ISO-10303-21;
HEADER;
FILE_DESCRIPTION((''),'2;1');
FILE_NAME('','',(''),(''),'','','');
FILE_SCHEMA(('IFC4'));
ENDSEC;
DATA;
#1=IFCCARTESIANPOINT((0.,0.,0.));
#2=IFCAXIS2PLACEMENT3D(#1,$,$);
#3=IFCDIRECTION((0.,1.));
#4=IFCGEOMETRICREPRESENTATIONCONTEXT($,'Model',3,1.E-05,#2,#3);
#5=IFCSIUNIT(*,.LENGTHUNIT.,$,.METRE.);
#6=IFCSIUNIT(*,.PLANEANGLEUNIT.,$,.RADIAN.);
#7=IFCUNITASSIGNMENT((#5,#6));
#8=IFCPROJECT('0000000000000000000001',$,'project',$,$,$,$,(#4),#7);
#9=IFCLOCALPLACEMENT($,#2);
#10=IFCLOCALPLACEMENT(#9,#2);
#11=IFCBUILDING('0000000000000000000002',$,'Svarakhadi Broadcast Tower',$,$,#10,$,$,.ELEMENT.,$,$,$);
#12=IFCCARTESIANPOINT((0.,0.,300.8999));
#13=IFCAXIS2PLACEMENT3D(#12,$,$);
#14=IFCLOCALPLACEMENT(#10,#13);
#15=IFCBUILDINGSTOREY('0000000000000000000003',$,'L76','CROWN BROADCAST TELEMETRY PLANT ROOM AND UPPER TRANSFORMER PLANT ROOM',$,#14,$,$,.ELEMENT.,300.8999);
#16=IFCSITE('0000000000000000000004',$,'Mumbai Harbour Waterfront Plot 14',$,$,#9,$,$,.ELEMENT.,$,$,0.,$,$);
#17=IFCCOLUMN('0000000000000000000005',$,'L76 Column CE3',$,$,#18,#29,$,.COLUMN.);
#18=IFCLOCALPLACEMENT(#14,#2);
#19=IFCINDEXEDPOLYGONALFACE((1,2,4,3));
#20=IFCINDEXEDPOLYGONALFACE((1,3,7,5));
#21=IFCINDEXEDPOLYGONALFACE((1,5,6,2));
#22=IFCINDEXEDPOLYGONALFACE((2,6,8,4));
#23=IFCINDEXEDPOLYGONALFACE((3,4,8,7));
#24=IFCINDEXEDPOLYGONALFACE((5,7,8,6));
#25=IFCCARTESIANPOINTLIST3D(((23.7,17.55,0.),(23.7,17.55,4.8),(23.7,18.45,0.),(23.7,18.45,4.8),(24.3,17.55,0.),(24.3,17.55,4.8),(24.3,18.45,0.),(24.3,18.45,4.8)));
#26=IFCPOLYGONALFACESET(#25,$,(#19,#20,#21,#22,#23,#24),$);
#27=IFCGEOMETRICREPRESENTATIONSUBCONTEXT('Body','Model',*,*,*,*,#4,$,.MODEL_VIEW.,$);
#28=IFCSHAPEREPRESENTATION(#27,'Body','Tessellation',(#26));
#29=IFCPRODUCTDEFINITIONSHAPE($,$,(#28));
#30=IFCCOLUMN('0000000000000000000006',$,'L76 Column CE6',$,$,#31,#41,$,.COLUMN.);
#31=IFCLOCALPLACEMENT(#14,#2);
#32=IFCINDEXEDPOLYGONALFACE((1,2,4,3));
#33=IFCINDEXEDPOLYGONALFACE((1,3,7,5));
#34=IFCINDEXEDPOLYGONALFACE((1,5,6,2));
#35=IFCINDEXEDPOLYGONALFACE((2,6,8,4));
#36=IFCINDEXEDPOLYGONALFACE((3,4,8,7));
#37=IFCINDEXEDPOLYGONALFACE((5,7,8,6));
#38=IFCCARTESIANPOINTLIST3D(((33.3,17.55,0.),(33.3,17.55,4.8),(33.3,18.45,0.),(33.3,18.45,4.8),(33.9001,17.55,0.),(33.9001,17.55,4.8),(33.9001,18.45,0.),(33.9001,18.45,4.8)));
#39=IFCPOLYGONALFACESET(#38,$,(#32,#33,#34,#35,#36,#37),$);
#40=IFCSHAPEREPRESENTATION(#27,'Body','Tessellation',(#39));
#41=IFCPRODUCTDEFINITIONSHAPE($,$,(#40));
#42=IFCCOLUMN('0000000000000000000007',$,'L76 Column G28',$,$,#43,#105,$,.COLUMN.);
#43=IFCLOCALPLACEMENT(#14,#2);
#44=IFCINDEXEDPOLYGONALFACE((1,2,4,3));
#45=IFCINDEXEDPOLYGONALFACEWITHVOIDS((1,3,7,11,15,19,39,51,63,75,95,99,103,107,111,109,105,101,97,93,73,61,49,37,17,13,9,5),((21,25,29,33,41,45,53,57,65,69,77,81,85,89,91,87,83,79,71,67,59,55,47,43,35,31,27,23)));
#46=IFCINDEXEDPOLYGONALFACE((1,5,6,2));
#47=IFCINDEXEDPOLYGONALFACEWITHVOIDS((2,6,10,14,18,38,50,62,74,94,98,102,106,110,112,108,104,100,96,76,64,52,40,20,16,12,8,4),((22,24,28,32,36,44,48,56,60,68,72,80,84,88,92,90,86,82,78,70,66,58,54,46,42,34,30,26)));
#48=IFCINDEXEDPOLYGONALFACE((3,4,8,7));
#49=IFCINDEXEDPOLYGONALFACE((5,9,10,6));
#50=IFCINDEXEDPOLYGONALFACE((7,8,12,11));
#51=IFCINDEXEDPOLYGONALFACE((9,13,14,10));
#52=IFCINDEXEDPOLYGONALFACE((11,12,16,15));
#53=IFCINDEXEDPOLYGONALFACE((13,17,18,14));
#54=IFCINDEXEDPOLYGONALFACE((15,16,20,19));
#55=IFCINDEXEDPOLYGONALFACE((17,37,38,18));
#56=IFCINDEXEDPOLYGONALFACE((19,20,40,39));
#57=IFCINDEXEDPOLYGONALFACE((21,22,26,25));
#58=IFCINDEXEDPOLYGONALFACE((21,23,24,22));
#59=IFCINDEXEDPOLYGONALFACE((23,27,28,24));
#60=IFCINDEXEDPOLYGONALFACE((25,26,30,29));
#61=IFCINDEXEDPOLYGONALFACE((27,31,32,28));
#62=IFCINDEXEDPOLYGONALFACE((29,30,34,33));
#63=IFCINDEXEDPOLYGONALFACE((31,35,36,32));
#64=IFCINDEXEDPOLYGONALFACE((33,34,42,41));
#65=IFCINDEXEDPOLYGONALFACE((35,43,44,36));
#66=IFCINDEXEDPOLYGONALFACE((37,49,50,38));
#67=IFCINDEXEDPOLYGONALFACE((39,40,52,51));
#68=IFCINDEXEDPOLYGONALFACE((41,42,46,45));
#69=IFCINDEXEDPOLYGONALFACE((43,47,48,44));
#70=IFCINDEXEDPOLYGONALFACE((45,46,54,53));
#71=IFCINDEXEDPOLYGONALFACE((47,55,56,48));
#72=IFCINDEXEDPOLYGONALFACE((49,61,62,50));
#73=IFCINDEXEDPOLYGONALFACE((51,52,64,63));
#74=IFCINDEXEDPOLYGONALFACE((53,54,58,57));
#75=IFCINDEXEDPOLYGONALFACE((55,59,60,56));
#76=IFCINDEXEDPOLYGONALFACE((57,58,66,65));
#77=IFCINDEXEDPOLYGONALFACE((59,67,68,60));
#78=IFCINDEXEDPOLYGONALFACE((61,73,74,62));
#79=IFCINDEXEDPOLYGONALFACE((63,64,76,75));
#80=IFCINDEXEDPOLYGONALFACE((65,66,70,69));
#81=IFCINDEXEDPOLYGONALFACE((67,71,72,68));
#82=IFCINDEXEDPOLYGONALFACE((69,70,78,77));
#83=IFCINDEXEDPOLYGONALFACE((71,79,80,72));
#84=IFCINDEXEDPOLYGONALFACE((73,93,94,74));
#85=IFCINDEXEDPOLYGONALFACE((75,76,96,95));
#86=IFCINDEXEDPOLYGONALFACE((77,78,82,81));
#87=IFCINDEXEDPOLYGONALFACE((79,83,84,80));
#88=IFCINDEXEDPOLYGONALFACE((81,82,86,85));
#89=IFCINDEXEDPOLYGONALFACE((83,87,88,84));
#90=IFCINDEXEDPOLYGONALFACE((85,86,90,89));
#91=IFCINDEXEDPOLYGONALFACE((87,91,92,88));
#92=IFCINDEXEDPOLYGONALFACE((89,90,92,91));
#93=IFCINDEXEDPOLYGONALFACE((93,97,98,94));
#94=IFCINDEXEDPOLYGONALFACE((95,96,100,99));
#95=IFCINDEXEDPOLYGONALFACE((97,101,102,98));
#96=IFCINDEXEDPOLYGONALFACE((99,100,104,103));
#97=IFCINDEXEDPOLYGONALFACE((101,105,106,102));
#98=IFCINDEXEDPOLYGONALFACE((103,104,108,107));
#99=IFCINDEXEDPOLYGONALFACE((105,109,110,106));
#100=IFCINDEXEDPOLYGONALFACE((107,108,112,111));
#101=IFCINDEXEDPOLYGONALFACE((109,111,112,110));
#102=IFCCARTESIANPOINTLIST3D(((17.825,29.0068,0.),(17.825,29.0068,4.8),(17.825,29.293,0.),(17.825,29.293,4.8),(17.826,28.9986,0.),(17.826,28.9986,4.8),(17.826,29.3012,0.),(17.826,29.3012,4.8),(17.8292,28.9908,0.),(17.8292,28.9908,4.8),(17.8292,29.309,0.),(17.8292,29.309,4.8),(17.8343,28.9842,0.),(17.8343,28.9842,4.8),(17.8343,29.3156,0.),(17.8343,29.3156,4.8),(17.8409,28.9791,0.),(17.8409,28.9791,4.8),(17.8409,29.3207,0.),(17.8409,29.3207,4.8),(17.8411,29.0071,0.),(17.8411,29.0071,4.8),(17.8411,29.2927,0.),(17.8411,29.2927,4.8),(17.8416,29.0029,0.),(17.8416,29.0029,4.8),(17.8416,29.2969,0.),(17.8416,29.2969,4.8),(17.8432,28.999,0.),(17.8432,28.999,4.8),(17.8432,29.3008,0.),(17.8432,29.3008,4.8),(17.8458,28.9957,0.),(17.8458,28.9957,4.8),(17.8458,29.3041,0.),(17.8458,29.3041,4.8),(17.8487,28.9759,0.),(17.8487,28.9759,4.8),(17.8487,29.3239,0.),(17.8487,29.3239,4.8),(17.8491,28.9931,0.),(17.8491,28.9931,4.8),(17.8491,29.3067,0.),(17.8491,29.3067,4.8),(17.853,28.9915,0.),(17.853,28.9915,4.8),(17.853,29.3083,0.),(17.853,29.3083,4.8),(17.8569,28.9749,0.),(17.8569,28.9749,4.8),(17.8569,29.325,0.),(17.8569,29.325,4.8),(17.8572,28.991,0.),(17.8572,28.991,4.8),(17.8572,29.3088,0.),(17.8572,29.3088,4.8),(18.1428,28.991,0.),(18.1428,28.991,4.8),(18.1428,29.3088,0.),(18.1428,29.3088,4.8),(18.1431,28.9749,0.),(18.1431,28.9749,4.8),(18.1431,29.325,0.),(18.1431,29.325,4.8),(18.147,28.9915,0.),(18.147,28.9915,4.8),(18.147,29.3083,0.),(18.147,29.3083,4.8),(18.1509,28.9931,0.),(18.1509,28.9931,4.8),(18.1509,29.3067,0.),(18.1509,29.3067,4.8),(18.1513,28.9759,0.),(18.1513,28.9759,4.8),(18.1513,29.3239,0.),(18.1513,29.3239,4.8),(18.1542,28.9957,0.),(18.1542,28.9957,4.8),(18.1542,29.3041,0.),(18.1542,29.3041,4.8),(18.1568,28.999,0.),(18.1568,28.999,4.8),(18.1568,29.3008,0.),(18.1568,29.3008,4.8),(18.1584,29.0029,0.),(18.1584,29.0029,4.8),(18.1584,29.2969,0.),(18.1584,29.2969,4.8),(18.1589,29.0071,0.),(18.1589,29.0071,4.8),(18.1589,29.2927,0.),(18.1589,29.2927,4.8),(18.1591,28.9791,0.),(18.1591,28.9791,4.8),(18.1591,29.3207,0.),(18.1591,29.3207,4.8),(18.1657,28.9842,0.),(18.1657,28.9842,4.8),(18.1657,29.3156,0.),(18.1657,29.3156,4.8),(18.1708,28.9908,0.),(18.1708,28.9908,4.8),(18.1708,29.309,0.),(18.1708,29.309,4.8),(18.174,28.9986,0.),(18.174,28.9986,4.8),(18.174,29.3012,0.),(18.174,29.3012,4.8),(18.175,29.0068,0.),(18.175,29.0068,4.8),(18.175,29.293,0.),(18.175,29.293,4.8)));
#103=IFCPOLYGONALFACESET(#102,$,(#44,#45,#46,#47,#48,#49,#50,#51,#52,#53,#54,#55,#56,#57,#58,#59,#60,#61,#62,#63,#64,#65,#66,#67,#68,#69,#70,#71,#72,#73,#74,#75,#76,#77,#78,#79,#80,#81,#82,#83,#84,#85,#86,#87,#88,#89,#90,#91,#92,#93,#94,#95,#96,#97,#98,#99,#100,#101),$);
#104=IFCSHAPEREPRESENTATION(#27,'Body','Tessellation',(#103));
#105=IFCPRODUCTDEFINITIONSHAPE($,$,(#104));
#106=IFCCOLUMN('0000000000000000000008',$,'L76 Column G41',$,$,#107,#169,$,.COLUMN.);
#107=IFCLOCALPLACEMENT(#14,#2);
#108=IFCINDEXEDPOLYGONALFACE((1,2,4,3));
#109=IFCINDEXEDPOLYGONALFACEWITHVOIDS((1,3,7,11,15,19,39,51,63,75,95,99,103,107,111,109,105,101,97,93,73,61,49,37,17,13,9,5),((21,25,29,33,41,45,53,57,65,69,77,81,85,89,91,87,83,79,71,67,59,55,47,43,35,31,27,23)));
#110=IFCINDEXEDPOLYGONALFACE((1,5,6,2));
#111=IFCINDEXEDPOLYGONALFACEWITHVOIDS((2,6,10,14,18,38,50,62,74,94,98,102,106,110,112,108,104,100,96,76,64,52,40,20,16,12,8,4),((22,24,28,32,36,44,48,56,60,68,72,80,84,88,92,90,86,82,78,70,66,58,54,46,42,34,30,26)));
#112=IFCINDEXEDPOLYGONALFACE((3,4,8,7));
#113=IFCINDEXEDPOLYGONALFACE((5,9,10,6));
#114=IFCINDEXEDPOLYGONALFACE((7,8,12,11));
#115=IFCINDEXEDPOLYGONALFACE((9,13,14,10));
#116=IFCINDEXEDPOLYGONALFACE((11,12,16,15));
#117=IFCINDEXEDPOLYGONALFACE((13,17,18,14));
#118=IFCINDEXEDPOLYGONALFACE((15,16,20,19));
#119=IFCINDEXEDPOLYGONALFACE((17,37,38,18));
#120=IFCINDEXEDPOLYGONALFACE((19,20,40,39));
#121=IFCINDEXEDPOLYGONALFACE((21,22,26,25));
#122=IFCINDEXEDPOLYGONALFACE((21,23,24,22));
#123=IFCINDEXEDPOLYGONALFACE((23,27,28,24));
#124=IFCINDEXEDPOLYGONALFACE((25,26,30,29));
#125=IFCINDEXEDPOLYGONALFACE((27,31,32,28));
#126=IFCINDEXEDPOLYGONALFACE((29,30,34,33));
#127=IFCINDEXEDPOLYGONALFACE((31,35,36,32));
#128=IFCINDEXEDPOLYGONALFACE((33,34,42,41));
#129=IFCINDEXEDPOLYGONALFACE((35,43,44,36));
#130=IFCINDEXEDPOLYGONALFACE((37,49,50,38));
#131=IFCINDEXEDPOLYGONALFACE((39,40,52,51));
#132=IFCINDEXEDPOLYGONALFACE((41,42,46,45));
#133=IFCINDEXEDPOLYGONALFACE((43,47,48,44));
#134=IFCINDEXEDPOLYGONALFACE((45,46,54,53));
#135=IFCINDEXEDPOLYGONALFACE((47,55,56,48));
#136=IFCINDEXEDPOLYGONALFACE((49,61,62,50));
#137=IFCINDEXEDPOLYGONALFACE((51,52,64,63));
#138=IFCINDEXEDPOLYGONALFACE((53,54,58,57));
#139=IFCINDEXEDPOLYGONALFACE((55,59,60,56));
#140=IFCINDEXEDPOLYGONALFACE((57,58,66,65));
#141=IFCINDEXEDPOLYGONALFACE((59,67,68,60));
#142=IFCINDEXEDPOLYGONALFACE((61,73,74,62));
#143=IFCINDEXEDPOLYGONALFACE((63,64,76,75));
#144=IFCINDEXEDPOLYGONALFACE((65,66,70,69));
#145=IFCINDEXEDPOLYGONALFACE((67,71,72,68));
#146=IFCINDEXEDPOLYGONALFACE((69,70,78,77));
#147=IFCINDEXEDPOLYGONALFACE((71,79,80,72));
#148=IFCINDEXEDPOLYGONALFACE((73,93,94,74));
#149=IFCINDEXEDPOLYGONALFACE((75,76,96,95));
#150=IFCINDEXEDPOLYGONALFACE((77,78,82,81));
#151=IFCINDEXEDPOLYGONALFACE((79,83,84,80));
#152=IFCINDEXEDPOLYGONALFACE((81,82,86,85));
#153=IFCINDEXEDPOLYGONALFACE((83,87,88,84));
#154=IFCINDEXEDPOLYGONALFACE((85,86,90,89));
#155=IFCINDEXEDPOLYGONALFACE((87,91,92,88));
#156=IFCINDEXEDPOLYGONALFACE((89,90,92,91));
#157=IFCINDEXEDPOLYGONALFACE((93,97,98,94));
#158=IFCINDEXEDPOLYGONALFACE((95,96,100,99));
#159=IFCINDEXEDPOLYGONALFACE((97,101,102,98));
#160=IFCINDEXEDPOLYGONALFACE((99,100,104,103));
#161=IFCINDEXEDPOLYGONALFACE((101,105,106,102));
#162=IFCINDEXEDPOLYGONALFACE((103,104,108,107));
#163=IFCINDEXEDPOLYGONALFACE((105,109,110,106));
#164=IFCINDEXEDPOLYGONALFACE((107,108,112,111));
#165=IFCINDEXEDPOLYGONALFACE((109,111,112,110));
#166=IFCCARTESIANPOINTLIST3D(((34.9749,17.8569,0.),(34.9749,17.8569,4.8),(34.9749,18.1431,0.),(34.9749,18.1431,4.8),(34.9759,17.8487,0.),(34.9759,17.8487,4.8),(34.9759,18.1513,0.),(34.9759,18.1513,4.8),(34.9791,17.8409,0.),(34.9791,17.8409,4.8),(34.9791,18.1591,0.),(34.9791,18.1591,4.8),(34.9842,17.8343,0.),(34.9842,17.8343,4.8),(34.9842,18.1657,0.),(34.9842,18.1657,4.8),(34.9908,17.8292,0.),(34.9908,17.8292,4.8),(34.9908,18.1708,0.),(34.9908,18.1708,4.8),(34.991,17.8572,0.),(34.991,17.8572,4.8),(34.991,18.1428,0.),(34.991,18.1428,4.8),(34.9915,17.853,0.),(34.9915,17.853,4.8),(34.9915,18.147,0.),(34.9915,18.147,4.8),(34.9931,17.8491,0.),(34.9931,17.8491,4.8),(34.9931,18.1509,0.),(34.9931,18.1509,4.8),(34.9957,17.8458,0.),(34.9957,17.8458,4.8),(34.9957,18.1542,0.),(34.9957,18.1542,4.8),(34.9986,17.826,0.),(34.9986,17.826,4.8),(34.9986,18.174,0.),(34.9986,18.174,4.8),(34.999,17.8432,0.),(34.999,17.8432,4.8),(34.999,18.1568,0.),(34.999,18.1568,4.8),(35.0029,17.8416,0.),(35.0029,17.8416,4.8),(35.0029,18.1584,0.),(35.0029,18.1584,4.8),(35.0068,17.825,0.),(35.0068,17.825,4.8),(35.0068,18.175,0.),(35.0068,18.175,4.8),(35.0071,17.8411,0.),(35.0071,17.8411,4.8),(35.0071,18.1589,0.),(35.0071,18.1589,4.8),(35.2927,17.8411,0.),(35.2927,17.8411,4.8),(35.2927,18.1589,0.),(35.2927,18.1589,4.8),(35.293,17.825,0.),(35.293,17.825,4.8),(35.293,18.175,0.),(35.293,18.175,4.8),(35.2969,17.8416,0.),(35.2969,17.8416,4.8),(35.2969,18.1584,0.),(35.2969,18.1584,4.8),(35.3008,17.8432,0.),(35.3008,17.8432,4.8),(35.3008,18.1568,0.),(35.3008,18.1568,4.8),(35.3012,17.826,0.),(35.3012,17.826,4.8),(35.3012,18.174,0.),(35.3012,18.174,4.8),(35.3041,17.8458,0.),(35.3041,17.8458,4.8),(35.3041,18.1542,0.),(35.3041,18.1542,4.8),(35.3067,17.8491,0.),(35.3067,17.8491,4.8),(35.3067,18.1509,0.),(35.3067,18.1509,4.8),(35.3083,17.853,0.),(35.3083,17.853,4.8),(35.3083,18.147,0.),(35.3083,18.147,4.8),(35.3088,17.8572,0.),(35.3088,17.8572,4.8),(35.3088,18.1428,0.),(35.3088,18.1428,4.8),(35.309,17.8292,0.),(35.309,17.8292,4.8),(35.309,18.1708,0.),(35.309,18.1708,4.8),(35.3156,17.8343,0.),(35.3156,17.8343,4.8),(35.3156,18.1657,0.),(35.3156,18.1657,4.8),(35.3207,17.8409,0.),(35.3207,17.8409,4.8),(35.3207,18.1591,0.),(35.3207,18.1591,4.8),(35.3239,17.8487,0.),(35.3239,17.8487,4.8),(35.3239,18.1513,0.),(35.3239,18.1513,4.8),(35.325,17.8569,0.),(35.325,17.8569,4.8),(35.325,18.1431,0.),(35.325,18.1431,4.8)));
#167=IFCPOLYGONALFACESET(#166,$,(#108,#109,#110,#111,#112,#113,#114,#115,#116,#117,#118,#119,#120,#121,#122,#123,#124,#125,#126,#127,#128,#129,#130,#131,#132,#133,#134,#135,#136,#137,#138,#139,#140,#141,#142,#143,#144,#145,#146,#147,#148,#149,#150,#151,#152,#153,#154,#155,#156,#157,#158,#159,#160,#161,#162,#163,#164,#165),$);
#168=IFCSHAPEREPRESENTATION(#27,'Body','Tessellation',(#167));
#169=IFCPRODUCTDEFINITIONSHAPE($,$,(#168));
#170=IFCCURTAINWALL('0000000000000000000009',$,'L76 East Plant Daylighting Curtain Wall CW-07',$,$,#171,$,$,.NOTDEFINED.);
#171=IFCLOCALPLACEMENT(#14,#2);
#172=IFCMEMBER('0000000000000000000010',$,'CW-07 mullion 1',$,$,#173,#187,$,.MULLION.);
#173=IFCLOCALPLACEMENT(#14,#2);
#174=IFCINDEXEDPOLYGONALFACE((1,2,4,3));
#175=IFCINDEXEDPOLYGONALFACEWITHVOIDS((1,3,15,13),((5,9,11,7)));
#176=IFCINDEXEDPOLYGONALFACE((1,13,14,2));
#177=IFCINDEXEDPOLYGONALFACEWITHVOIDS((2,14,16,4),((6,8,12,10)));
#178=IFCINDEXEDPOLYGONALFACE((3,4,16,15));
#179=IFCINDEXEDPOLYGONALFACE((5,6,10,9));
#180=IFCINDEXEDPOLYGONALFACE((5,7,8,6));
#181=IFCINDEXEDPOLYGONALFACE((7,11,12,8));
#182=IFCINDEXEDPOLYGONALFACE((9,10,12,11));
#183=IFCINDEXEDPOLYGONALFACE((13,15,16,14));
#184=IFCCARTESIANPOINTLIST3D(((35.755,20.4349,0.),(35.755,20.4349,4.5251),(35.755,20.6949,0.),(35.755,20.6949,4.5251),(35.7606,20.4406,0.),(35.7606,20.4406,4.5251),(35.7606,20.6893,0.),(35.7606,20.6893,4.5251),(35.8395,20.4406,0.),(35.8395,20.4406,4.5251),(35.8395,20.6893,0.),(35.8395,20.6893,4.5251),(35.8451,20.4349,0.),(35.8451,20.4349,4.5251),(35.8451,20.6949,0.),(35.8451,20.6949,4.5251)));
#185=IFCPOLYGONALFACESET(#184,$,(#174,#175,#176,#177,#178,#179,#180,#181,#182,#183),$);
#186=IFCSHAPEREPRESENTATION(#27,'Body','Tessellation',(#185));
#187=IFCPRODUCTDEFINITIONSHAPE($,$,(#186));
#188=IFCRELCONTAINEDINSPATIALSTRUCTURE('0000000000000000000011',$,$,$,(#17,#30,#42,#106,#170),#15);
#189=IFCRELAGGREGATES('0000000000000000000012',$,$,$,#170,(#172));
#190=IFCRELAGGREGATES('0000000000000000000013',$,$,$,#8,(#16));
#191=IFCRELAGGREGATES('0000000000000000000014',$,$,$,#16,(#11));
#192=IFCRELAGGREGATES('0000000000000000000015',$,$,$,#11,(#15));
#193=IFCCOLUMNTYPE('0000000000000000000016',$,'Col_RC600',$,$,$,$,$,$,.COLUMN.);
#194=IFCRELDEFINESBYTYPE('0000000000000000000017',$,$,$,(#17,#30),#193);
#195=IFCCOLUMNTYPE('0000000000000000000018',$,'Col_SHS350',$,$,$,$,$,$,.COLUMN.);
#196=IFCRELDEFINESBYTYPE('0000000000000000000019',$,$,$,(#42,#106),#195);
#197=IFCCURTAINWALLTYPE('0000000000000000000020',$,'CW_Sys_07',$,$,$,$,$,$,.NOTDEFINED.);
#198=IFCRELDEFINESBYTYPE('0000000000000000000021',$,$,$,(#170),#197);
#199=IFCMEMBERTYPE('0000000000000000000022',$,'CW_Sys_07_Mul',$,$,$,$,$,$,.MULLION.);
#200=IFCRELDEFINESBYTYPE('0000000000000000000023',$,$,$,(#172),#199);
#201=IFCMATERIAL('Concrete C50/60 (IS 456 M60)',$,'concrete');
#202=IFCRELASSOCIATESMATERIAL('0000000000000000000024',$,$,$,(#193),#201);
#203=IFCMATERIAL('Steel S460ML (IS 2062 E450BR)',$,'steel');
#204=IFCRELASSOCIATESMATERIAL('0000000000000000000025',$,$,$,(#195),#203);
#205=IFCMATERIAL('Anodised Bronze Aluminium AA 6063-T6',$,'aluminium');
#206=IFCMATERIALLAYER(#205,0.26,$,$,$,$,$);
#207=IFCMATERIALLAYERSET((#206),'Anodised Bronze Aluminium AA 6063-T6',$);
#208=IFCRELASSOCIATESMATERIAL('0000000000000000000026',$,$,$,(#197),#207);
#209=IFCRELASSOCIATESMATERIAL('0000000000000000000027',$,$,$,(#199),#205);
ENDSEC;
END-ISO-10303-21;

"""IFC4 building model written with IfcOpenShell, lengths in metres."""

from ifc_helpers import new_model, si_unit, direction, frame, origin, origin_2d, place, context, subcontext, project, spatial, rectangle, hollow_rectangle, extrude, material, layer, layer_set, material_profile, profile_set, type_object, element, aggregate, save


model = new_model("IFC4")

# Units and contexts
model_context = context("Model", 3, precision=1e-05, world=origin(), true_north=direction((0.0, 1.0)))
body_context = subcontext(model_context, "Body", "Model", "MODEL_VIEW")
ifc_project = project(units=[si_unit("LENGTHUNIT", "METRE"), si_unit("PLANEANGLEUNIT", "RADIAN")], contexts=[model_context])

# Site, building, storey
site_placement = place(None, origin())
site = spatial("IfcSite", under=ifc_project, at=site_placement, Name="Mumbai Harbour Waterfront Plot 14", CompositionType="ELEMENT", RefElevation=0.0)
building_placement = place(site_placement, origin())
building = spatial("IfcBuilding", under=site, at=building_placement, Name="Svarakhadi Broadcast Tower", CompositionType="ELEMENT")
storey_placement = place(building_placement, frame((0.0, 0.0, 300.8999)))
storey = spatial("IfcBuildingStorey", under=building, at=storey_placement, Name="L76", Description="CROWN BROADCAST TELEMETRY PLANT ROOM AND UPPER TRANSFORMER PLANT ROOM", CompositionType="ELEMENT", Elevation=300.8999)

# Columns
ifc_material_1 = material(Name="Concrete C50/60 (IS 456 M60)", Category="concrete")
ifc_material_profile_1 = material_profile(ifc_material_1, rectangle(XDim=0.6001, YDim=0.8999, at=origin_2d()), Name="RC 600x900")
ifc_profile_set_1 = profile_set([ifc_material_profile_1], Name="Concrete C50/60 (IS 456 M60)")
column_type_1 = type_object("IfcColumnType", Name="Col_RC600", PredefinedType="COLUMN", material=ifc_profile_set_1)
for number, where, z_axis, x_axis, name in (
    (1, (24.0, 18.0, 0.0), (0.0, 0.0, 1.0), (1.0, 0.0, 0.0), "L76 Column CE3"),
    (2, (33.6001, 18.0, 0.0), (0.0, 0.0, 1.0), (1.0, 0.0, 0.0), "L76 Column CE6"),
):
    element("IfcColumn", number, at=place(storey_placement, frame(where, z_axis=z_axis, x_axis=x_axis)), inside=storey, type_object=column_type_1, Name=name, PredefinedType="COLUMN", context=body_context, shape_type="SweptSolid", body=[
        extrude(rectangle(XDim=0.6001, YDim=0.8999, at=origin_2d()), origin(), (0.0, 0.0, 1.0), 4.8),
    ])
ifc_material_2 = material(Name="Steel S460ML (IS 2062 E450BR)", Category="steel")
ifc_material_profile_2 = material_profile(ifc_material_2, hollow_rectangle(XDim=0.3501, YDim=0.3501, WallThickness=0.0161, InnerFilletRadius=0.0161, OuterFilletRadius=0.032, at=origin_2d()), Name="SHS 350x350x16")
ifc_profile_set_2 = profile_set([ifc_material_profile_2], Name="Steel S460ML (IS 2062 E450BR)")
column_type_2 = type_object("IfcColumnType", Name="Col_SHS350", PredefinedType="COLUMN", material=ifc_profile_set_2)
for number, where, z_axis, x_axis, name in (
    (3, (18.0, 29.1499, 0.0), (0.0, 0.0, 1.0), (1.0, 0.0, 0.0), "L76 Column G28"),
    (4, (35.1499, 18.0, 0.0), (0.0, 0.0, 1.0), (1.0, 0.0, 0.0), "L76 Column G41"),
):
    element("IfcColumn", number, at=place(storey_placement, frame(where, z_axis=z_axis, x_axis=x_axis)), inside=storey, type_object=column_type_2, Name=name, PredefinedType="COLUMN", context=body_context, shape_type="SweptSolid", body=[
        extrude(hollow_rectangle(XDim=0.3501, YDim=0.3501, WallThickness=0.0161, InnerFilletRadius=0.0161, OuterFilletRadius=0.032, at=origin_2d()), origin(), (0.0, 0.0, 1.0), 4.8),
    ])

# Curtain wall, member
ifc_material_3 = material(Name="Anodised Bronze Aluminium AA 6063-T6", Category="aluminium")
ifc_layer_1 = layer(ifc_material_3, 0.26)
ifc_layer_set_1 = layer_set([ifc_layer_1], Name="Anodised Bronze Aluminium AA 6063-T6")
curtain_wall_type = type_object("IfcCurtainWallType", Name="CW_Sys_07", PredefinedType="NOTDEFINED", material=ifc_layer_set_1)
curtain_wall_placement = place(storey_placement, origin())
curtain_wall = element("IfcCurtainWall", 5, at=curtain_wall_placement, inside=storey, type_object=curtain_wall_type, Name="L76 East Plant Daylighting Curtain Wall CW-07", PredefinedType="NOTDEFINED")
ifc_material_profile_3 = material_profile(ifc_material_3, hollow_rectangle(XDim=0.0901, YDim=0.26, WallThickness=0.0056, at=origin_2d()), Name="ALU MULLION 260x90x6")
ifc_profile_set_3 = profile_set([ifc_material_profile_3], Name="Anodised Bronze Aluminium AA 6063-T6")
member_type_1 = type_object("IfcMemberType", Name="CW_Sys_07_Mul", PredefinedType="MULLION", material=ifc_profile_set_3)
member_1_placement = place(storey_placement, frame((35.8, 20.5649, 0.0), z_axis=(0.0, 0.0, 1.0), x_axis=(1.0, 0.0, 0.0)))
member_1 = element("IfcMember", 6, at=member_1_placement, type_object=member_type_1, Name="CW-07 mullion 1", PredefinedType="MULLION", context=body_context, shape_type="SweptSolid", body=[
    extrude(hollow_rectangle(XDim=0.0901, YDim=0.26, WallThickness=0.0056, at=origin_2d()), origin(), (0.0, 0.0, 1.0), 4.5251),
])

aggregate(curtain_wall, [member_1])

save(model, "model.ifc")
